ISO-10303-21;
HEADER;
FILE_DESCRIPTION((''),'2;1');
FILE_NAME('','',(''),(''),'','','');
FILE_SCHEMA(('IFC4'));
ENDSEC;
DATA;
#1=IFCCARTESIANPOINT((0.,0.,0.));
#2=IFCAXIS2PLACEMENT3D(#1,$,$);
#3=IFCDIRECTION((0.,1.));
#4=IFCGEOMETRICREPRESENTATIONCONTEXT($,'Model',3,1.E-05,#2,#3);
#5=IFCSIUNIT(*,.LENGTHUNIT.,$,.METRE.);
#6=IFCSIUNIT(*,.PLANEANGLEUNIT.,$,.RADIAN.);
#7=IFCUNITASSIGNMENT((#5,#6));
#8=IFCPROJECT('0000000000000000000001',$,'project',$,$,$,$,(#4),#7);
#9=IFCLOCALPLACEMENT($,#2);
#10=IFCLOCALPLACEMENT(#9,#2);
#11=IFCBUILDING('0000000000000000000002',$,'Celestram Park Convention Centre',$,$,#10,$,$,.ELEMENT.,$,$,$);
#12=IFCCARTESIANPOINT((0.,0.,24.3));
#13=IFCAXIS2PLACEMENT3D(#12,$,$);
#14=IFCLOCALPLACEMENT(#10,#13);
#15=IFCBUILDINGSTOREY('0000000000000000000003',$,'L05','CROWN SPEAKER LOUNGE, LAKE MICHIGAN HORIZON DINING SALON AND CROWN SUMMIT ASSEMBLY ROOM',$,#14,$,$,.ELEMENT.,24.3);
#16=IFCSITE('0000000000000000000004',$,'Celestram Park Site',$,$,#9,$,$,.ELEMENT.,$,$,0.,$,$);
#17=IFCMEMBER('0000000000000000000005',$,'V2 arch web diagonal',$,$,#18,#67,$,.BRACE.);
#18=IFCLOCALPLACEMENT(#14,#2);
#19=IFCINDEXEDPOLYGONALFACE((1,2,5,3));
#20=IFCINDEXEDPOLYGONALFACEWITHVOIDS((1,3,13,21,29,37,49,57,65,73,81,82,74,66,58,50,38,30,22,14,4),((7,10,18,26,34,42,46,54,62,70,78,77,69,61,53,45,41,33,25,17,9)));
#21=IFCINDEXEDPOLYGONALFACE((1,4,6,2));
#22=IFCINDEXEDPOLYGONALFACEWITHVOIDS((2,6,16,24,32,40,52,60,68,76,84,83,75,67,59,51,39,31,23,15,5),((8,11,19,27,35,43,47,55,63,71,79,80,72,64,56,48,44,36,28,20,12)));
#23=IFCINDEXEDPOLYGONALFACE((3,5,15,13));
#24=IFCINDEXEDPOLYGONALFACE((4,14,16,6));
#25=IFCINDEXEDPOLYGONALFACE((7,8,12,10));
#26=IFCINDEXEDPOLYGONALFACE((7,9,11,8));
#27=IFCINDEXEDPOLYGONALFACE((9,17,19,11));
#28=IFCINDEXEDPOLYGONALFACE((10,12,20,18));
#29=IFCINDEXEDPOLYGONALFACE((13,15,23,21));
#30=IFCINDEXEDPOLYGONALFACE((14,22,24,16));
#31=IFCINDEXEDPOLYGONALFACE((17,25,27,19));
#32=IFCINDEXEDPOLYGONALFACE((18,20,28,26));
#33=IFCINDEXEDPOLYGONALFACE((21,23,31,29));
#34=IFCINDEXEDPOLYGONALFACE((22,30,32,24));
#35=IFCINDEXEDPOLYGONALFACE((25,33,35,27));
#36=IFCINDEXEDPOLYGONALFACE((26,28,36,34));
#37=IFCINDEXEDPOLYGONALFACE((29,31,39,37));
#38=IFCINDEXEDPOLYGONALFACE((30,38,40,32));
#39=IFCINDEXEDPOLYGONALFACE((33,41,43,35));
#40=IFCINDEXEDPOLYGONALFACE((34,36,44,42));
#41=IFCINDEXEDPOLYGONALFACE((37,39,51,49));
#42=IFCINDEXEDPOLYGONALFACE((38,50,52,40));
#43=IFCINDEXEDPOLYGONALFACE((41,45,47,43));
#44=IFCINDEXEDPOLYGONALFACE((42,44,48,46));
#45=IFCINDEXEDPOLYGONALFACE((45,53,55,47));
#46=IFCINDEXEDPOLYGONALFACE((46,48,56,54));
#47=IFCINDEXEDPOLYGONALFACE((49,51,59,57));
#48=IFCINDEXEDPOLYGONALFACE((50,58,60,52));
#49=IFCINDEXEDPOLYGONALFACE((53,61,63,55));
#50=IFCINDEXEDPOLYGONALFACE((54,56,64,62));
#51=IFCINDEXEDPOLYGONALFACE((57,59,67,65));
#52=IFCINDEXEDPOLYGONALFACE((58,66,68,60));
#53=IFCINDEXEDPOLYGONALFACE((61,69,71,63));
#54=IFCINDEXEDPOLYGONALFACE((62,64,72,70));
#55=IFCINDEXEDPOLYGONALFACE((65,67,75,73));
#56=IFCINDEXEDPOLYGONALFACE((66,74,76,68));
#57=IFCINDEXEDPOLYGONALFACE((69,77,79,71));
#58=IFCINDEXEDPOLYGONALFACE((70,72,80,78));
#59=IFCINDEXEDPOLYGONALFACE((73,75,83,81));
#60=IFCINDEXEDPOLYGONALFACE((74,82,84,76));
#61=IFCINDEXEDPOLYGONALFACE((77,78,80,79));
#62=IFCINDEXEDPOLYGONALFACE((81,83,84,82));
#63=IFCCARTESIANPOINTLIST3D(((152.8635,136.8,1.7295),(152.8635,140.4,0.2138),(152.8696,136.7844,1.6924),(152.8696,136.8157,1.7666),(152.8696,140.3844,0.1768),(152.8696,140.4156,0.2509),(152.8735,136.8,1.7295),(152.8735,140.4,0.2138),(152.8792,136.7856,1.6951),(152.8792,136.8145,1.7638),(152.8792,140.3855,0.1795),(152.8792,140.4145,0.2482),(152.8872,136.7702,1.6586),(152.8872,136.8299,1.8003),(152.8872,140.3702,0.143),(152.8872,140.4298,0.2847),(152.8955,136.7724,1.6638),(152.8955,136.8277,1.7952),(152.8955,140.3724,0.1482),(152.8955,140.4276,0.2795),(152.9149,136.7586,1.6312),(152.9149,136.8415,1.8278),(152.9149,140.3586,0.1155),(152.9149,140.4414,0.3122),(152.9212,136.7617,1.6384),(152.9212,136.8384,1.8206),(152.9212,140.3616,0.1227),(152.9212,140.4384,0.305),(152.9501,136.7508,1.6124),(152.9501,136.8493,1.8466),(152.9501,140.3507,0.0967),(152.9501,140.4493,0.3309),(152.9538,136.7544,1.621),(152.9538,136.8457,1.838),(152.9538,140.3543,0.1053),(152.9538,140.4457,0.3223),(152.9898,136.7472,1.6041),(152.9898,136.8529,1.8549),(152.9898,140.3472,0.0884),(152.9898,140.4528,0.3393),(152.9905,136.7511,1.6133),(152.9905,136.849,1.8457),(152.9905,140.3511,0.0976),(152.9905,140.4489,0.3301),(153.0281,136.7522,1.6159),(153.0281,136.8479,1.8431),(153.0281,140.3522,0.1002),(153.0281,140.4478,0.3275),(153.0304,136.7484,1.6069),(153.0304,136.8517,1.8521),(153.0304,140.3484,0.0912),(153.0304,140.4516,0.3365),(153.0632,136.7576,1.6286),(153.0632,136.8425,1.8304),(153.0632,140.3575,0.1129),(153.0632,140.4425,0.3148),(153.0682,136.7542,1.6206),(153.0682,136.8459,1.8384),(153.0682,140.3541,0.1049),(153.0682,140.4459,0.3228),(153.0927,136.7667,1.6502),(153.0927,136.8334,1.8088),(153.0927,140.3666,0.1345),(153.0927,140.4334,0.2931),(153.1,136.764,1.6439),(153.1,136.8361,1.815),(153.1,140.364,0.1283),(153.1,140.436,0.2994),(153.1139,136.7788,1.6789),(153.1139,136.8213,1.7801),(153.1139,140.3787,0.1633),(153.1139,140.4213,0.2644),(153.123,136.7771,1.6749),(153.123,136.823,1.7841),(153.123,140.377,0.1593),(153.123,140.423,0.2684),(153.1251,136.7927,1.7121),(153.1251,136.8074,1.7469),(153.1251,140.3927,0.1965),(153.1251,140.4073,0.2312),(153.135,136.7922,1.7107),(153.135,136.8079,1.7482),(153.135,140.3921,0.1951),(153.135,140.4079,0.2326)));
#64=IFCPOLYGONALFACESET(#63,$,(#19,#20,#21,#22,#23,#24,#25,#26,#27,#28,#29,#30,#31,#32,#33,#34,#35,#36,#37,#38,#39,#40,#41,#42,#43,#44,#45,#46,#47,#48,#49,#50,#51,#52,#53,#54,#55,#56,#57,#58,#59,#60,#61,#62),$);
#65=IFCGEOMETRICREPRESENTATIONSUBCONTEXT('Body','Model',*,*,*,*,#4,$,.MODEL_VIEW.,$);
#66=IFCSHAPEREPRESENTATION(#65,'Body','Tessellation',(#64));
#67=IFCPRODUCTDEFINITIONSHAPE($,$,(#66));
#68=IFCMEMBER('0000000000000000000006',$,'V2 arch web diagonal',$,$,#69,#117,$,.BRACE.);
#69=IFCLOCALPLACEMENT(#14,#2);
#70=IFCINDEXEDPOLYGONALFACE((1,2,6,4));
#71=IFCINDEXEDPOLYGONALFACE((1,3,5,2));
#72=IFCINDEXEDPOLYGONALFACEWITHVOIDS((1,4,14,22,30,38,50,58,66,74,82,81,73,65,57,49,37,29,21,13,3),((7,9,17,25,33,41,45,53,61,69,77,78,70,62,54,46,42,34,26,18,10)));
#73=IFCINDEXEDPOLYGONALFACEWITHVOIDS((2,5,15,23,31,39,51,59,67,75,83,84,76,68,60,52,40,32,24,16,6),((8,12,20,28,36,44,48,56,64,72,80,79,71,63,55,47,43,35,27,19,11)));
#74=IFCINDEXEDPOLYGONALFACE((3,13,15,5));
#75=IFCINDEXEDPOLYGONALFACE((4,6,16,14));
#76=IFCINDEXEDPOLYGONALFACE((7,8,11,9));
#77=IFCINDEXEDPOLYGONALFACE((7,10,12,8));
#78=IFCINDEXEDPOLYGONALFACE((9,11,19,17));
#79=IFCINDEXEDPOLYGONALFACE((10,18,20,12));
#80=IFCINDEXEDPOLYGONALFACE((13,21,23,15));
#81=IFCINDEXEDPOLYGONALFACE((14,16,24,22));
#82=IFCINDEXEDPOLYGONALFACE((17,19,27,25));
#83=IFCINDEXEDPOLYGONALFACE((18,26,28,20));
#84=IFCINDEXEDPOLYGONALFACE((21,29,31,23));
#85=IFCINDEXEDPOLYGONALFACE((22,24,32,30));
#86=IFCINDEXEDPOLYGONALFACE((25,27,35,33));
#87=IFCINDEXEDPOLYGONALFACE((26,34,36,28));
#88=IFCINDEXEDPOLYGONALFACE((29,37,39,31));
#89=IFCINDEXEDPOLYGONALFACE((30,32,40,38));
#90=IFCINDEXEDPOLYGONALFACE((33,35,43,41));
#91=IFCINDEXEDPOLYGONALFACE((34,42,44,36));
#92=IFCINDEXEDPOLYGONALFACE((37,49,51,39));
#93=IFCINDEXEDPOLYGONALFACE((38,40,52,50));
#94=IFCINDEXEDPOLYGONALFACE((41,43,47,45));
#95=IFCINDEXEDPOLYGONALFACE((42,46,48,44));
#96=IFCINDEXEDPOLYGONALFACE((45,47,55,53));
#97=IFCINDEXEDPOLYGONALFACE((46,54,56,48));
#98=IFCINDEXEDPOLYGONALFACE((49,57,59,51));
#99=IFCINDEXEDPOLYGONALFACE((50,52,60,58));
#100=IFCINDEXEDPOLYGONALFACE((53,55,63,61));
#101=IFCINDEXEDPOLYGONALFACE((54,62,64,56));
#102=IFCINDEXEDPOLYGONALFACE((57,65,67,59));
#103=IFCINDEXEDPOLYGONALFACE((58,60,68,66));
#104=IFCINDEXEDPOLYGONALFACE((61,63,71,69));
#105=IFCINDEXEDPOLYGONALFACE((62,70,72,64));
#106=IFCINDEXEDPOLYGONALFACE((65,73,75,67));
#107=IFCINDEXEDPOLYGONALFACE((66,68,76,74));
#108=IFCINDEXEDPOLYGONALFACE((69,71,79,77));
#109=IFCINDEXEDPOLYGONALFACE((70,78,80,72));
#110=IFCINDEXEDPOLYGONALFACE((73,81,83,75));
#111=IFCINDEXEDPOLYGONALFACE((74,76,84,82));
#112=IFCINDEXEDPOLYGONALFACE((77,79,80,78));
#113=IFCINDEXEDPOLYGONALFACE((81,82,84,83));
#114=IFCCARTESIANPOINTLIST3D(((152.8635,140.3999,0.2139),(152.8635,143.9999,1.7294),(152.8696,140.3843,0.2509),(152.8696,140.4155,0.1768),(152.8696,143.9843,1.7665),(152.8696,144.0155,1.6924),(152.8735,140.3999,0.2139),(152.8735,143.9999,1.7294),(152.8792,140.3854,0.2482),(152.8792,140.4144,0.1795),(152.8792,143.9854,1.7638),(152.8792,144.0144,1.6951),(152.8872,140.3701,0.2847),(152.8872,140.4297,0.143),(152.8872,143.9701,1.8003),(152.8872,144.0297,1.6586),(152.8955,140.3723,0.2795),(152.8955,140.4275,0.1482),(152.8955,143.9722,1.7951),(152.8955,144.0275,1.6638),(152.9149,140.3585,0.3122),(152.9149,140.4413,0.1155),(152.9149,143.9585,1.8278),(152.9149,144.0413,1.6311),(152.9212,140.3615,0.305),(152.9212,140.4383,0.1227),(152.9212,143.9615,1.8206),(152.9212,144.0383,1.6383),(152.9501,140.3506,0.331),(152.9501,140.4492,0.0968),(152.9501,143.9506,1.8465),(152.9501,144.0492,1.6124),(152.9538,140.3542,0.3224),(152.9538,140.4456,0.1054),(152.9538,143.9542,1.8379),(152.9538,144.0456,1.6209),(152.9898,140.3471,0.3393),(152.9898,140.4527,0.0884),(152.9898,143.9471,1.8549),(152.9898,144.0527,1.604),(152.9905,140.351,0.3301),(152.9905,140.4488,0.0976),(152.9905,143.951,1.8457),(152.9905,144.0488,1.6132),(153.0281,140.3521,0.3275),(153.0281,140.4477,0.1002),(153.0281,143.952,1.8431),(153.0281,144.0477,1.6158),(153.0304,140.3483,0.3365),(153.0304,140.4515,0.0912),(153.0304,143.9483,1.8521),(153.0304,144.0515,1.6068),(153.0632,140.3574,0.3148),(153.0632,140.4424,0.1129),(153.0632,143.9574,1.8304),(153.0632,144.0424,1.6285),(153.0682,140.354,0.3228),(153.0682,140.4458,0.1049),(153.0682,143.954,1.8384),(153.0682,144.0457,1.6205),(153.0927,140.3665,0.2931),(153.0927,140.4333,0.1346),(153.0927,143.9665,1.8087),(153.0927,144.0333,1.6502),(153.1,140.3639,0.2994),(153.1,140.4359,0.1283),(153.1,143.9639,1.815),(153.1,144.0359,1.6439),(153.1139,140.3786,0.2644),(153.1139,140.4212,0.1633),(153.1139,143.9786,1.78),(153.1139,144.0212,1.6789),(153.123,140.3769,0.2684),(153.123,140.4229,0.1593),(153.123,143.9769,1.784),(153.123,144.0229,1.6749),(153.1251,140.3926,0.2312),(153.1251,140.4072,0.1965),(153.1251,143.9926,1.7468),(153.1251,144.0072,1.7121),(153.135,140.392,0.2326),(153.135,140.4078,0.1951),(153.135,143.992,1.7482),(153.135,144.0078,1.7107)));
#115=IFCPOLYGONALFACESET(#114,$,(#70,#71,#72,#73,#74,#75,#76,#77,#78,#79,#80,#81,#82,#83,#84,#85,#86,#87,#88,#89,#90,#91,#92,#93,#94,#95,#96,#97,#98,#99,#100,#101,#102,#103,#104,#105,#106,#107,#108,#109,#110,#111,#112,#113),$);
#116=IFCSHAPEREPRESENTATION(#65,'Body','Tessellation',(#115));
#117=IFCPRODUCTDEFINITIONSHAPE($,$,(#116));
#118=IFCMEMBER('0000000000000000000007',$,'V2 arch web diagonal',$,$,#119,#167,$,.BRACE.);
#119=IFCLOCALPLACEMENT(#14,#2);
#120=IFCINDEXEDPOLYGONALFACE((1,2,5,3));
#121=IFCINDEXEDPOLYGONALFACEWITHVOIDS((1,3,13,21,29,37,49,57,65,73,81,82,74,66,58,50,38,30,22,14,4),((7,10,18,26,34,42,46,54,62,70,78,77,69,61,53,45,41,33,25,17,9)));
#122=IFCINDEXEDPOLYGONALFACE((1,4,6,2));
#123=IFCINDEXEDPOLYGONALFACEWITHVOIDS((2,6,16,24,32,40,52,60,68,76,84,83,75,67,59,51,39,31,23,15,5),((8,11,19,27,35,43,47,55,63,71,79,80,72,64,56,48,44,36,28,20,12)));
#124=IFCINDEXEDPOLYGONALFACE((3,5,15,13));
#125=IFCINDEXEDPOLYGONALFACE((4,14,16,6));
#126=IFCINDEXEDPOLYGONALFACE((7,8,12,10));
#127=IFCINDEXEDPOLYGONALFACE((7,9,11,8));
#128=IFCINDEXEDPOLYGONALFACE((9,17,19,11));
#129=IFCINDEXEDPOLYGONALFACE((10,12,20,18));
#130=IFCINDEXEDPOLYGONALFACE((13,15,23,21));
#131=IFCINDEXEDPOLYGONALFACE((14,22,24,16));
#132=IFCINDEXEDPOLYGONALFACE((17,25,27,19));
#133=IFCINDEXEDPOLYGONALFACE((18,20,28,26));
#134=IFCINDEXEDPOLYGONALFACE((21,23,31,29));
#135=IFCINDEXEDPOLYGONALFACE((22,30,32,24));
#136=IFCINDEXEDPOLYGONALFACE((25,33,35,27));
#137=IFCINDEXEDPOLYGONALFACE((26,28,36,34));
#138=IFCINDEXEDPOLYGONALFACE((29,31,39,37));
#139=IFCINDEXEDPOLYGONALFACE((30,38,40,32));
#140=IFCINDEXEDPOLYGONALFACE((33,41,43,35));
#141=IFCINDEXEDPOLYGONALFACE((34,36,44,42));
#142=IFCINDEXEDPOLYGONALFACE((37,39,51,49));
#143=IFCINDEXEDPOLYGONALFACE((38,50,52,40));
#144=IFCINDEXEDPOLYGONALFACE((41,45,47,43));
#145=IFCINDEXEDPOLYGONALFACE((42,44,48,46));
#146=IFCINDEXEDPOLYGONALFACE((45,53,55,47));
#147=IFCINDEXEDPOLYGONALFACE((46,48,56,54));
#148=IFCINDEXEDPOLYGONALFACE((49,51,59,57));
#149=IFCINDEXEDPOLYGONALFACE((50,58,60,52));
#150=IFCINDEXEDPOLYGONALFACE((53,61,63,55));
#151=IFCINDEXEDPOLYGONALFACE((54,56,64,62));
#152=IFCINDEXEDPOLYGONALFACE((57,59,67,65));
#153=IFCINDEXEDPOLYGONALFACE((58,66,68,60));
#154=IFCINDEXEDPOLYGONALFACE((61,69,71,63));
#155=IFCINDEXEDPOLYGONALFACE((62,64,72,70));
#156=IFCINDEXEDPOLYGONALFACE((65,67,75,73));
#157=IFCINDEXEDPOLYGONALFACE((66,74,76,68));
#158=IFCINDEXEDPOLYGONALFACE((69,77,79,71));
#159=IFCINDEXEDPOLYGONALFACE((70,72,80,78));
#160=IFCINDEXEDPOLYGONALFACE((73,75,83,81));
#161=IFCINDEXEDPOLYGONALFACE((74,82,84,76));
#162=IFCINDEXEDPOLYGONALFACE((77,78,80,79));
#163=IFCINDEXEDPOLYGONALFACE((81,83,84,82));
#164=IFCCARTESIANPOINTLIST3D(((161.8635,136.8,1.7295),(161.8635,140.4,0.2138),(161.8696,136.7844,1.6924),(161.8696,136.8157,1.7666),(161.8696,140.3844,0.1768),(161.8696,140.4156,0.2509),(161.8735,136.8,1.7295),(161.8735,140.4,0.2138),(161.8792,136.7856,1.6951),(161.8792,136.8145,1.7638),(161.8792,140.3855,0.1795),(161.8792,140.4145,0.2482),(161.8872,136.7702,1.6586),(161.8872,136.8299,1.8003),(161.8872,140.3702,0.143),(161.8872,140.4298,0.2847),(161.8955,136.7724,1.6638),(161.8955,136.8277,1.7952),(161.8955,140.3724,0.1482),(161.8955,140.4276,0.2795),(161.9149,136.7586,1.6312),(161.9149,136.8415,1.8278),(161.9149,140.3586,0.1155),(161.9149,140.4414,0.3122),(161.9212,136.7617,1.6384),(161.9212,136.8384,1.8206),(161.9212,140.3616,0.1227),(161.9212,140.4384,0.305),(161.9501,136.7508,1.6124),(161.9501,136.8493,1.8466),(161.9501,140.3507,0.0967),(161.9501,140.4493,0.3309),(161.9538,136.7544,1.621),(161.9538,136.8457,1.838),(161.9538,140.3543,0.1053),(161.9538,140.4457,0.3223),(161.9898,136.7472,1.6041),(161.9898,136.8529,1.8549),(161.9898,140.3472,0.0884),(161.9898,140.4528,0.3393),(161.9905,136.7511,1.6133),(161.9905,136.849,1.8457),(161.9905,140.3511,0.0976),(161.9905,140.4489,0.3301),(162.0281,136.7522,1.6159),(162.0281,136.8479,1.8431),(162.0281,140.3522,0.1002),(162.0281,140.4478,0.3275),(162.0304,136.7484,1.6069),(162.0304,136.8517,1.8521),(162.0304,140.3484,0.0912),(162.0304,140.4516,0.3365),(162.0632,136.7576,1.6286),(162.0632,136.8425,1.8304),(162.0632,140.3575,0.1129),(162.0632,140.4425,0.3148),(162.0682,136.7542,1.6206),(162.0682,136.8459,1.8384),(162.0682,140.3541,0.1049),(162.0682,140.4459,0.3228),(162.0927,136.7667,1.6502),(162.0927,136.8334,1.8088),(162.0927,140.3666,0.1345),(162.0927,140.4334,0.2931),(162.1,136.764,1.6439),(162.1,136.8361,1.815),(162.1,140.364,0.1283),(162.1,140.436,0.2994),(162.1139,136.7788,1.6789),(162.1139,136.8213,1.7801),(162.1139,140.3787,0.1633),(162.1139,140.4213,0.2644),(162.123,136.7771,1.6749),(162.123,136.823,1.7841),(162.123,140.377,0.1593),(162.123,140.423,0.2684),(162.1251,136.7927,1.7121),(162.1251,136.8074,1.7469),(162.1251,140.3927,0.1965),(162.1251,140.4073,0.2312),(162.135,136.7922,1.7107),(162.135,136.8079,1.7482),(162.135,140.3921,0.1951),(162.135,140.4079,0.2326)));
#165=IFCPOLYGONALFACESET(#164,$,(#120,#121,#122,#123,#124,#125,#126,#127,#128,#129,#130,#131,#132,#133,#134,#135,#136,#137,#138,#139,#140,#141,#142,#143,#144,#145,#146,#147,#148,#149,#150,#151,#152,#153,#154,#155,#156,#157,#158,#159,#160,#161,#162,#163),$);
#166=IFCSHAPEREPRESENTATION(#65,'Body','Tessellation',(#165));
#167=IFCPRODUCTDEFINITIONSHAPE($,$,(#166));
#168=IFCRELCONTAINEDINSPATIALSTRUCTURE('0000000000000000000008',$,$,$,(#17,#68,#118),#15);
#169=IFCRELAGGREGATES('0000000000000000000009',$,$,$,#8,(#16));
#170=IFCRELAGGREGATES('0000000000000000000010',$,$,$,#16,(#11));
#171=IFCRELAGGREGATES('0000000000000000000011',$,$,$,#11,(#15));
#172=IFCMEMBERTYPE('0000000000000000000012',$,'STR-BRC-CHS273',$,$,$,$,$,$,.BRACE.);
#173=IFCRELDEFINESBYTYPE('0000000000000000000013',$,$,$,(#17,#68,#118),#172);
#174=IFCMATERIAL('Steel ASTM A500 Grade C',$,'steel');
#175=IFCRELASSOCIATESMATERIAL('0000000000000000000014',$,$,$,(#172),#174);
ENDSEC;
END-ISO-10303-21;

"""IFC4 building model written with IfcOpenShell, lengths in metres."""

from ifc_helpers import new_model, si_unit, direction, frame, origin, origin_2d, place, context, subcontext, project, spatial, hollow_circle, extrude, material, material_profile, profile_set, type_object, element, save


model = new_model("IFC4")

# Units and contexts
model_context = context("Model", 3, precision=1e-05, world=origin(), true_north=direction((0.0, 1.0)))
body_context = subcontext(model_context, "Body", "Model", "MODEL_VIEW")
ifc_project = project(units=[si_unit("LENGTHUNIT", "METRE"), si_unit("PLANEANGLEUNIT", "RADIAN")], contexts=[model_context])

# Site, building, storey
site_placement = place(None, origin())
site = spatial("IfcSite", under=ifc_project, at=site_placement, Name="Celestram Park Site", CompositionType="ELEMENT", RefElevation=0.0)
building_placement = place(site_placement, origin())
building = spatial("IfcBuilding", under=site, at=building_placement, Name="Celestram Park Convention Centre", CompositionType="ELEMENT")
storey_placement = place(building_placement, frame((0.0, 0.0, 24.3)))
storey = spatial("IfcBuildingStorey", under=building, at=storey_placement, Name="L05", Description="CROWN SPEAKER LOUNGE, LAKE MICHIGAN HORIZON DINING SALON AND CROWN SUMMIT ASSEMBLY ROOM", CompositionType="ELEMENT", Elevation=24.3)

# Members
ifc_material_1 = material(Name="Steel ASTM A500 Grade C", Category="steel")
ifc_material_profile_1 = material_profile(ifc_material_1, hollow_circle(Radius=0.1365, WallThickness=0.01, at=origin_2d()), Name="CHS273X10")
ifc_profile_set_1 = profile_set([ifc_material_profile_1], Name="Steel ASTM A500 Grade C")
member_type_1 = type_object("IfcMemberType", Name="STR-BRC-CHS273", PredefinedType="BRACE", material=ifc_profile_set_1)
for number, where, z_axis, x_axis, name in (
    (1, (153.0, 136.8, 1.7295), (0.0, 0.921645, -0.388035), (-1.0, 0.0, 0.0), "V2 arch web diagonal"),
    (2, (153.0, 140.3999, 0.2139), (0.0, 0.921654, 0.388012), (-1.0, 0.0, 0.0), "V2 arch web diagonal"),
    (3, (162.0, 136.8, 1.7295), (0.0, 0.921645, -0.388035), (-1.0, 0.0, 0.0), "V2 arch web diagonal"),
):
    element("IfcMember", number, at=place(storey_placement, frame(where, z_axis=z_axis, x_axis=x_axis)), inside=storey, type_object=member_type_1, Name=name, PredefinedType="BRACE", context=body_context, shape_type="SweptSolid", body=[
        extrude(hollow_circle(Radius=0.1365, WallThickness=0.01, at=origin_2d()), origin(), (0.0, 0.0, 1.0), 3.906),
    ])

save(model, "model.ifc")
